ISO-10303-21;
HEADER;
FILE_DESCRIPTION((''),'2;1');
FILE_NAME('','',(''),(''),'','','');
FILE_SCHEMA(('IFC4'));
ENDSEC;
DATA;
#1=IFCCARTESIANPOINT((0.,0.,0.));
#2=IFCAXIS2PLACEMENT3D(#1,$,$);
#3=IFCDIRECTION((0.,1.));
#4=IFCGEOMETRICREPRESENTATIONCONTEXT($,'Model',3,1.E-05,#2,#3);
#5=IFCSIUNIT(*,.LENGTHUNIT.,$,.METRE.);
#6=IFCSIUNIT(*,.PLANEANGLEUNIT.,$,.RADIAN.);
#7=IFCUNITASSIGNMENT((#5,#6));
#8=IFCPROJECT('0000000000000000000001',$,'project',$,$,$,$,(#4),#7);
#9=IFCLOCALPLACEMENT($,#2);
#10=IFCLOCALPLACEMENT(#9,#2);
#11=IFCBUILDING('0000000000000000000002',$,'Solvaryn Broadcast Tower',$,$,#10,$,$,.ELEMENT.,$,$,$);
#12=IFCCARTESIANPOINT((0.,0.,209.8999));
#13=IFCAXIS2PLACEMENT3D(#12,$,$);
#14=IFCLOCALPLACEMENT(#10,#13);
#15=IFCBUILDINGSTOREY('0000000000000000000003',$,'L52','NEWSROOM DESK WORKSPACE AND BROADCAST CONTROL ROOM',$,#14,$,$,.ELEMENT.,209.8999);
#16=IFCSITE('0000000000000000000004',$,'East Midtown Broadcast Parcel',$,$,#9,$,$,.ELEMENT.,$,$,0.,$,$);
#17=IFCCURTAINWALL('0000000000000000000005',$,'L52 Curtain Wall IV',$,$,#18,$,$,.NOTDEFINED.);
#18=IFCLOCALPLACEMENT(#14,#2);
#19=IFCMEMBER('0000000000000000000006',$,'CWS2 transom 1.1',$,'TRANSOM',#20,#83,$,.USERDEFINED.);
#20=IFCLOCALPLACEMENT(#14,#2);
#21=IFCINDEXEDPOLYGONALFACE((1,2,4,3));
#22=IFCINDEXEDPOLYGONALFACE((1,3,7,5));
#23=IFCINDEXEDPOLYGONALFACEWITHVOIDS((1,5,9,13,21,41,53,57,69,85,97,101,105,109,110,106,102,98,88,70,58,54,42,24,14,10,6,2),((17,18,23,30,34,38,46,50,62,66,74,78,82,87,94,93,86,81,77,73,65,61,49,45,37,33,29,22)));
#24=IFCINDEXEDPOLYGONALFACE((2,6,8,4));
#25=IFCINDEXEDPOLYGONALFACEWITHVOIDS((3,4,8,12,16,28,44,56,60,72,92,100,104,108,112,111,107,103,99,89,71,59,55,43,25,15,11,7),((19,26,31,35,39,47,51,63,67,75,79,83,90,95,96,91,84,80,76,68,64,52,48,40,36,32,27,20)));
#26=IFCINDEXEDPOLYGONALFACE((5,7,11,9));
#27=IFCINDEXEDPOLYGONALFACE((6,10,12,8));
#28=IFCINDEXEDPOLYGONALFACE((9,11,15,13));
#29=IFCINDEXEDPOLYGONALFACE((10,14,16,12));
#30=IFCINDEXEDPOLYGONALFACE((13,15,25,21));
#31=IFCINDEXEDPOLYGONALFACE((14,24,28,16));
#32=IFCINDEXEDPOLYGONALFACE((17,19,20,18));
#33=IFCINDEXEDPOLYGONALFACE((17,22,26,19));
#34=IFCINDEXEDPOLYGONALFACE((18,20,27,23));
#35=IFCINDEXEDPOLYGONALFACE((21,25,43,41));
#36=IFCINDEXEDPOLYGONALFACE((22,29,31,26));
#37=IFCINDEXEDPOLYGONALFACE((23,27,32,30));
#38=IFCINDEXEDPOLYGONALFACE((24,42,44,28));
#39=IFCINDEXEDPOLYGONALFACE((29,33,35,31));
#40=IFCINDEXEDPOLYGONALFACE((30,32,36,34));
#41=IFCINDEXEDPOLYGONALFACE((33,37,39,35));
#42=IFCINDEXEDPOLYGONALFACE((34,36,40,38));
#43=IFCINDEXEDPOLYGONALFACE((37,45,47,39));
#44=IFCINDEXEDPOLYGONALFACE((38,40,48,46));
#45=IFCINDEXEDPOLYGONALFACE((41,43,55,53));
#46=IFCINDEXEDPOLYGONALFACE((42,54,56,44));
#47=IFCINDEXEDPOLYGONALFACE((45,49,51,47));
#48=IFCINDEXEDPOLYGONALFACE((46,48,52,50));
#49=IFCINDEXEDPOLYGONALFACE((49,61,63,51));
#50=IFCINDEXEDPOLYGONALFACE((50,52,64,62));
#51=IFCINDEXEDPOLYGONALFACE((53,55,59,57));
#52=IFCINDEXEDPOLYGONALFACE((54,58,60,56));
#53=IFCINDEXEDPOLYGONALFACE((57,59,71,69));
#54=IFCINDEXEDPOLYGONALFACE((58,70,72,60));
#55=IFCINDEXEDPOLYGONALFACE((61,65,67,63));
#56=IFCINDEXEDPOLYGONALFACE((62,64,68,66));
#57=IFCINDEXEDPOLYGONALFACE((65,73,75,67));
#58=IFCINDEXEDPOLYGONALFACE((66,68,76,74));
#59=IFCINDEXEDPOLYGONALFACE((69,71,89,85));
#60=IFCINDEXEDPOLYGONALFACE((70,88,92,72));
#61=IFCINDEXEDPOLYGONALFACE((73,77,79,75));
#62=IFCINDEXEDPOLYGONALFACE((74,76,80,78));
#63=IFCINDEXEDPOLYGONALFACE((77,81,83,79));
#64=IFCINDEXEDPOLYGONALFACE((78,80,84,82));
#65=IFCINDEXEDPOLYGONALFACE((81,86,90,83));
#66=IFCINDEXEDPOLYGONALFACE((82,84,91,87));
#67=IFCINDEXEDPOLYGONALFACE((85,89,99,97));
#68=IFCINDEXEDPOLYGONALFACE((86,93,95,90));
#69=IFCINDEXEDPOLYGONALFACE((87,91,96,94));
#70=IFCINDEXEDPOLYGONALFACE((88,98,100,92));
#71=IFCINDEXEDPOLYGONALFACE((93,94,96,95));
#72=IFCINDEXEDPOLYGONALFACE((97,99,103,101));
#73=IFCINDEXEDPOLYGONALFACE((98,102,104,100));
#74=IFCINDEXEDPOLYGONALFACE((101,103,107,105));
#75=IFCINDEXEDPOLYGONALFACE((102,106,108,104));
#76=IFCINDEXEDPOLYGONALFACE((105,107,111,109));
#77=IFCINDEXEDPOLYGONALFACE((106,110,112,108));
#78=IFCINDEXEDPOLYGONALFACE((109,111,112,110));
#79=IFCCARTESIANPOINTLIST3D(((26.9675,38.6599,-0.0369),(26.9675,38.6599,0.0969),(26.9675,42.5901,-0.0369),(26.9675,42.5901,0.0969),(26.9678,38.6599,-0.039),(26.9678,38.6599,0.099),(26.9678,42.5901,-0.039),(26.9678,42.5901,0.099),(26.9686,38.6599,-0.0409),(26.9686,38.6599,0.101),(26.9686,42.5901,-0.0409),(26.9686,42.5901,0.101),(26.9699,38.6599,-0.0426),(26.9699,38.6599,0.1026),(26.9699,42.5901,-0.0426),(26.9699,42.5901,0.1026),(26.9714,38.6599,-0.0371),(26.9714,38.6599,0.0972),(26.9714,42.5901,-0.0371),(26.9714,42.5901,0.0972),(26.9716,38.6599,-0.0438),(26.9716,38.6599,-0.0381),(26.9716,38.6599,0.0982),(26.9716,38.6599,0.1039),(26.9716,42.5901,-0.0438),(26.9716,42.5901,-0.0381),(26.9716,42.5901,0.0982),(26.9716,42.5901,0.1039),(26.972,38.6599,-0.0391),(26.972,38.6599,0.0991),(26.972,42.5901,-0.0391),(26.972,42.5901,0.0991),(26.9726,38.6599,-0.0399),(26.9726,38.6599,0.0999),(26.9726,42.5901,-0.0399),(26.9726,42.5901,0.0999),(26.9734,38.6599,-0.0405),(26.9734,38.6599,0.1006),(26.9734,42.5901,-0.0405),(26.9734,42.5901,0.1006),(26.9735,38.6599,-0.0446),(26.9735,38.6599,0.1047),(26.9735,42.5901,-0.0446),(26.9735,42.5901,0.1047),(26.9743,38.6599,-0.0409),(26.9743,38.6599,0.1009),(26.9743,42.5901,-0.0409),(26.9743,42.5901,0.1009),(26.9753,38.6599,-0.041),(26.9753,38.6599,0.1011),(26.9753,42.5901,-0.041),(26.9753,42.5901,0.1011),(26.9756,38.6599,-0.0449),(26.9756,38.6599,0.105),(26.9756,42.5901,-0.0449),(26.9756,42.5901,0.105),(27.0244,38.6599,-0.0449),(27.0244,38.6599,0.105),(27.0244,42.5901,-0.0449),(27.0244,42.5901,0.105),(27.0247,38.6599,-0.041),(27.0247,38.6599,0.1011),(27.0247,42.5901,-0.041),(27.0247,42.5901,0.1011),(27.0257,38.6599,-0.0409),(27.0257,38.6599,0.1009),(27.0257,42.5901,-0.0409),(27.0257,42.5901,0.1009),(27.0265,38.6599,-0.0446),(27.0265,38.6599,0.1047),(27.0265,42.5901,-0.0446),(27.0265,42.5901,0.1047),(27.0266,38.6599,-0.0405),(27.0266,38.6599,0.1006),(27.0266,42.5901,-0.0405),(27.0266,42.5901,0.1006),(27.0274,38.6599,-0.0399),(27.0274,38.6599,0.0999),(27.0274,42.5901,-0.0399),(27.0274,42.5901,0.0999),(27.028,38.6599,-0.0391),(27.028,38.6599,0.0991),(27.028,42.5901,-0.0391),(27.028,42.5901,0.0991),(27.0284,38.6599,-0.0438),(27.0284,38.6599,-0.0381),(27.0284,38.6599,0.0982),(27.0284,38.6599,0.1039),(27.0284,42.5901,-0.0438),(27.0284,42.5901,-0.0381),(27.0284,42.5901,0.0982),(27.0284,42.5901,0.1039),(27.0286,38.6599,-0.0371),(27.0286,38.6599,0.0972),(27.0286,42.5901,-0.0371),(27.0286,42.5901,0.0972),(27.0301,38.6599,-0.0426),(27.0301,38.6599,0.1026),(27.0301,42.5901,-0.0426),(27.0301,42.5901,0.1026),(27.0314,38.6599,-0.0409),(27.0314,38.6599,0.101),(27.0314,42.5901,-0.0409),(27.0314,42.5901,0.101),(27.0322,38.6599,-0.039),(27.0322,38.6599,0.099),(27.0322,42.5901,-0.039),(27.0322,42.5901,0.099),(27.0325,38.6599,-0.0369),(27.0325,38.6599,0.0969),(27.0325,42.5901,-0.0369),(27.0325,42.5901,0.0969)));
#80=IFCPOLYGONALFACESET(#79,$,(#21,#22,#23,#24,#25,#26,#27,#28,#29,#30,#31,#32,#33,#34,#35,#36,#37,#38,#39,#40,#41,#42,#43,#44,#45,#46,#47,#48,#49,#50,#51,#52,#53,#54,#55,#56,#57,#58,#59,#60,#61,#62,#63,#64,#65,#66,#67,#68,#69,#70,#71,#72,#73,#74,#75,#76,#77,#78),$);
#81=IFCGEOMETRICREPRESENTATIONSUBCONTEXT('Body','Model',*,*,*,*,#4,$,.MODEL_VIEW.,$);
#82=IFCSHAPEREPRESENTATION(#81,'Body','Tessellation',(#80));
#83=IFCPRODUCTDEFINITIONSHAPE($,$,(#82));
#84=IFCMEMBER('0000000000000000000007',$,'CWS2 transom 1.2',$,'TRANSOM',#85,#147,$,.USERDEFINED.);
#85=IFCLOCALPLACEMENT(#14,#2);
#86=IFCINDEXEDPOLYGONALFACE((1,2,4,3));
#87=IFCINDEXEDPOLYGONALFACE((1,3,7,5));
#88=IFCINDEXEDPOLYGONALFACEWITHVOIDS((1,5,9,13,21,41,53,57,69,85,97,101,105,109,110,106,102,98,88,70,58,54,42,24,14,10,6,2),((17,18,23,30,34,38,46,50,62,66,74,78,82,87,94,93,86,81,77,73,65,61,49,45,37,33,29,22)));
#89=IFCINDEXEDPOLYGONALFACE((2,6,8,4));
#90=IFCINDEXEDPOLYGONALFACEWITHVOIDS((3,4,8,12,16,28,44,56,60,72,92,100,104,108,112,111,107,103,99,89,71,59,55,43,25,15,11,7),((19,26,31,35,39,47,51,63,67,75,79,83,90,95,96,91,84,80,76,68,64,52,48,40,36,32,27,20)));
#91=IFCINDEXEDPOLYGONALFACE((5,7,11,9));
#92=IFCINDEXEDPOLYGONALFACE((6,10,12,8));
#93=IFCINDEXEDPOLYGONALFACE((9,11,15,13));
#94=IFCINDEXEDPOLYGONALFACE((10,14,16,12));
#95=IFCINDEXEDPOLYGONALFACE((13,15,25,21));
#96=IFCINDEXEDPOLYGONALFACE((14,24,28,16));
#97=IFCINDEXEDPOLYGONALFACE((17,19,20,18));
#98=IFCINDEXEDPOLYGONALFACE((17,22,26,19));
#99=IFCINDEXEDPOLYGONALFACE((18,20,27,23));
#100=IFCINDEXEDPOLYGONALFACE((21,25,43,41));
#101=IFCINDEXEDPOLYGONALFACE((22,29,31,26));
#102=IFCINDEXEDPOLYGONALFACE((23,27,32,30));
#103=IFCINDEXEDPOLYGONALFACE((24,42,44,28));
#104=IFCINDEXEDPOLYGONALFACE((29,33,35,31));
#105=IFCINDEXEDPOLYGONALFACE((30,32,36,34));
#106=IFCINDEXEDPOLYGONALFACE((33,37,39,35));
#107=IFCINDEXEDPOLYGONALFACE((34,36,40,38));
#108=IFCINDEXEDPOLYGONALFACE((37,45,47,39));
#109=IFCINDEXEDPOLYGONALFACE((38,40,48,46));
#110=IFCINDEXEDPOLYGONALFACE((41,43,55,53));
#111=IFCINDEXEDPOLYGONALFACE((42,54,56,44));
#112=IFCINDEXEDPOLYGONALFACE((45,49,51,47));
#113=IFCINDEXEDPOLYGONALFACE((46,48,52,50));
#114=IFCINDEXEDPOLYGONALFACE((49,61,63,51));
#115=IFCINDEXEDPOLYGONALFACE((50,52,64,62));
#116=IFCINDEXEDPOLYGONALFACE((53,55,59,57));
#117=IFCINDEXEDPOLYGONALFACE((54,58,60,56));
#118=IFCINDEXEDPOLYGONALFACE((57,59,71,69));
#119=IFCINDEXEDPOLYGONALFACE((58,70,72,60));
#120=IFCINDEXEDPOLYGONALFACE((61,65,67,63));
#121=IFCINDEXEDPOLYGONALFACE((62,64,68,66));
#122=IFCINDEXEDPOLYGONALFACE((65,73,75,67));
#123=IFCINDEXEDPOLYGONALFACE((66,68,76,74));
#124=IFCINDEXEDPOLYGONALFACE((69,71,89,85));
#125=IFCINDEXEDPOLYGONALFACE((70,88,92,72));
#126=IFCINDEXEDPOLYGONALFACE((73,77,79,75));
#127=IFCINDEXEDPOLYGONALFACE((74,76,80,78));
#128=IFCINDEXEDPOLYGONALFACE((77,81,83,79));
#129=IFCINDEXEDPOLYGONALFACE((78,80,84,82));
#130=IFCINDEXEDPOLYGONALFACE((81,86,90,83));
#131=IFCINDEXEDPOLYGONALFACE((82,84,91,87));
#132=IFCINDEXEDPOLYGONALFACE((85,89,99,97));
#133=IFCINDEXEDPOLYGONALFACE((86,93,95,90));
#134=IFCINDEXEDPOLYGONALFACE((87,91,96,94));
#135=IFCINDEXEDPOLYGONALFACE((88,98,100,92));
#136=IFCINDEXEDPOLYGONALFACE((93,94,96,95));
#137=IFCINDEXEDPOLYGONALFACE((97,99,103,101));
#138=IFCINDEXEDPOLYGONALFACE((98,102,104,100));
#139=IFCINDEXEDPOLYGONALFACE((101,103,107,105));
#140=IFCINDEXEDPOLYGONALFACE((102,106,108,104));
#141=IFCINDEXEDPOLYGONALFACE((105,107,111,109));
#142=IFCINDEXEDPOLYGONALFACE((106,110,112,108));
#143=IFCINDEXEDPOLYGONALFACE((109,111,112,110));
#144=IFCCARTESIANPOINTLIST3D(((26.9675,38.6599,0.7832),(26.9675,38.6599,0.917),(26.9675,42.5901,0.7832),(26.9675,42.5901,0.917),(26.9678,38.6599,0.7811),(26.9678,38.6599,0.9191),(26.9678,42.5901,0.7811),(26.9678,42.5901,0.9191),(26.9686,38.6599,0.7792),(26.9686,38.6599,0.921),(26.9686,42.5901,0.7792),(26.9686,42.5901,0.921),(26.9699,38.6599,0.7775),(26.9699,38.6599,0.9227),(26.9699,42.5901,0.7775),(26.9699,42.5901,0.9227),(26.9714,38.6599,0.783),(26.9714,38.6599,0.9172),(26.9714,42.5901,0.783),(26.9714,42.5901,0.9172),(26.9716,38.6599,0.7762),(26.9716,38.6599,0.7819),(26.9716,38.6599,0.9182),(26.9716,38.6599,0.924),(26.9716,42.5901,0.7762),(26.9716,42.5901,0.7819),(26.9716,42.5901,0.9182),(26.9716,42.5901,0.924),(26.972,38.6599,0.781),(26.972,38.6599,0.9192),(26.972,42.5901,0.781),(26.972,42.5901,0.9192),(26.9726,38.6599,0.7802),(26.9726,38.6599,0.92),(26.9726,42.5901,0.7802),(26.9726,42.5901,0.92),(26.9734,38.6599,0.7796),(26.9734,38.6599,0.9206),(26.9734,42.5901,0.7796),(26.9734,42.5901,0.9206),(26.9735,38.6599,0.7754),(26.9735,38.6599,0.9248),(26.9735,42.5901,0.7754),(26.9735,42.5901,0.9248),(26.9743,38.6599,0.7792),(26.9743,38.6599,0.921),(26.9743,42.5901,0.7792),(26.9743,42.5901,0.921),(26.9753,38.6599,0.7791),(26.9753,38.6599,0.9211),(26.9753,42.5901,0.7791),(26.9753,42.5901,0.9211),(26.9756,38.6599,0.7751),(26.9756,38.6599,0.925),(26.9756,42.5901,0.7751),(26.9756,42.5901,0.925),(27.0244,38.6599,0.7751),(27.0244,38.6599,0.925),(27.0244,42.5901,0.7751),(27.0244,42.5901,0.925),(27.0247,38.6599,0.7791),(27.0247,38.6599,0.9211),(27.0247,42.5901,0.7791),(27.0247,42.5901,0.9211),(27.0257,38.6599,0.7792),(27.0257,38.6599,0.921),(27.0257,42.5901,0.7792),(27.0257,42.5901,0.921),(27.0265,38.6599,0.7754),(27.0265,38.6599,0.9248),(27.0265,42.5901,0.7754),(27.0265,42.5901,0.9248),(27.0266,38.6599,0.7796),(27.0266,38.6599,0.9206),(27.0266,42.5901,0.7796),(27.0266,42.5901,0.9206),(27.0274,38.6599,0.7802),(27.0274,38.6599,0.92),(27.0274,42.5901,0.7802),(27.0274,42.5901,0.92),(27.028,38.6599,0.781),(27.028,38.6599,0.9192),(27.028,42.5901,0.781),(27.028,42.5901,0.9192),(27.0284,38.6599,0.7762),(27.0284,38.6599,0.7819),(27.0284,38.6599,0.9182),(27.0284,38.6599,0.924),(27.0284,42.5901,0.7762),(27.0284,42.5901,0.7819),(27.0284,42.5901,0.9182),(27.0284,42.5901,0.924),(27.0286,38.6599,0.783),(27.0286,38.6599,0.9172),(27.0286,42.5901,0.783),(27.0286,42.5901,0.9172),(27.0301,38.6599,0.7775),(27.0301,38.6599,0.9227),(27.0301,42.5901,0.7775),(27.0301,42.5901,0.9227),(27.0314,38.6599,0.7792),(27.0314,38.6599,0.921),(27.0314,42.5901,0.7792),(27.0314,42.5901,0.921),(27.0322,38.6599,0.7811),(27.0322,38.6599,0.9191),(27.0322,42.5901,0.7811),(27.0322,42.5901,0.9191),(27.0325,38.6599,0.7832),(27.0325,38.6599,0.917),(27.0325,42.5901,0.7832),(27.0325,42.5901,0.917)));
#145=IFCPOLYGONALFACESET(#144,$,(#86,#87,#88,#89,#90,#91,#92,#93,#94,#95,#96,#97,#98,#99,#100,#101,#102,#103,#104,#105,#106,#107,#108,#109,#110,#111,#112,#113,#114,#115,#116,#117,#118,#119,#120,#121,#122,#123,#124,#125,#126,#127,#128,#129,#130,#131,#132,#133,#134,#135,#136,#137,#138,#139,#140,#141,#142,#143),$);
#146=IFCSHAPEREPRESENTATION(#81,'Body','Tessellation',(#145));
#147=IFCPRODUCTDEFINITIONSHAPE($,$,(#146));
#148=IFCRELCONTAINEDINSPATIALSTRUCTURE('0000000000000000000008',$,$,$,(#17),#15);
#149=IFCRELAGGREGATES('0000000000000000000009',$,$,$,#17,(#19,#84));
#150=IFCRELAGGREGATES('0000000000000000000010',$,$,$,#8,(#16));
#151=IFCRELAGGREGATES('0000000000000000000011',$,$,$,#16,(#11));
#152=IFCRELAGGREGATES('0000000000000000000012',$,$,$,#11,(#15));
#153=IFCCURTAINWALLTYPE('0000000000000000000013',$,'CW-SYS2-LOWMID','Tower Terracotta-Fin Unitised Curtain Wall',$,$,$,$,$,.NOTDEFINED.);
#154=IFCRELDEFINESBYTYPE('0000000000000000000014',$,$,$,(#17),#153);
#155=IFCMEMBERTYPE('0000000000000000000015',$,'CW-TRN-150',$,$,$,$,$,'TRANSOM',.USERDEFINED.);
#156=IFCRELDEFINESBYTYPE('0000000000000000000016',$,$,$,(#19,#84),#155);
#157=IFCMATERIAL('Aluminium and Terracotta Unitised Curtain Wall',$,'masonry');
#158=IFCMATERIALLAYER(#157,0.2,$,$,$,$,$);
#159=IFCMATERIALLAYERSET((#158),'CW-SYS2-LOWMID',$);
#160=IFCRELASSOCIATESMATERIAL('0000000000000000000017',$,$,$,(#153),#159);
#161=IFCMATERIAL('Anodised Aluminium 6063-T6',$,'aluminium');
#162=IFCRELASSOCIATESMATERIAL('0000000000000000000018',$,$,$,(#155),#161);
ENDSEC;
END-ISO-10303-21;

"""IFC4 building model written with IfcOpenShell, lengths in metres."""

from ifc_helpers import new_model, si_unit, direction, frame, origin, origin_2d, place, context, subcontext, project, spatial, hollow_rectangle, extrude, material, layer, layer_set, material_profile, profile_set, type_object, element, aggregate, save


model = new_model("IFC4")

# Units and contexts
model_context = context("Model", 3, precision=1e-05, world=origin(), true_north=direction((0.0, 1.0)))
body_context = subcontext(model_context, "Body", "Model", "MODEL_VIEW")
ifc_project = project(units=[si_unit("LENGTHUNIT", "METRE"), si_unit("PLANEANGLEUNIT", "RADIAN")], contexts=[model_context])

# Site, building, storey
site_placement = place(None, origin())
site = spatial("IfcSite", under=ifc_project, at=site_placement, Name="East Midtown Broadcast Parcel", CompositionType="ELEMENT", RefElevation=0.0)
building_placement = place(site_placement, origin())
building = spatial("IfcBuilding", under=site, at=building_placement, Name="Solvaryn Broadcast Tower", CompositionType="ELEMENT")
storey_placement = place(building_placement, frame((0.0, 0.0, 209.8999)))
storey = spatial("IfcBuildingStorey", under=building, at=storey_placement, Name="L52", Description="NEWSROOM DESK WORKSPACE AND BROADCAST CONTROL ROOM", CompositionType="ELEMENT", Elevation=209.8999)

# Curtain wall
ifc_material_1 = material(Name="Aluminium and Terracotta Unitised Curtain Wall", Category="masonry")
ifc_layer_1 = layer(ifc_material_1, 0.2)
ifc_layer_set_1 = layer_set([ifc_layer_1], Name="CW-SYS2-LOWMID")
curtain_wall_type = type_object("IfcCurtainWallType", Name="CW-SYS2-LOWMID", Description="Tower Terracotta-Fin Unitised Curtain Wall", PredefinedType="NOTDEFINED", material=ifc_layer_set_1)
curtain_wall_1_placement = place(storey_placement, origin())
curtain_wall_1 = element("IfcCurtainWall", 1, at=curtain_wall_1_placement, inside=storey, type_object=curtain_wall_type, Name="L52 Curtain Wall IV", PredefinedType="NOTDEFINED")

# Members
ifc_material_2 = material(Name="Anodised Aluminium 6063-T6", Category="aluminium")
ifc_material_profile_1 = material_profile(ifc_material_2, hollow_rectangle(XDim=0.0649, YDim=0.1499, WallThickness=0.0039, InnerFilletRadius=0.0039, OuterFilletRadius=0.0081, at=origin_2d()))
ifc_profile_set_1 = profile_set([ifc_material_profile_1], Name="Anodised Aluminium 6063-T6")
member_type_1 = type_object("IfcMemberType", Name="CW-TRN-150", ElementType="TRANSOM", PredefinedType="USERDEFINED", material=ifc_profile_set_1)
member_1_placement = place(storey_placement, frame((27.0, 42.5901, 0.03), z_axis=(0.0, -1.0, 0.0), x_axis=(1.0, 0.0, 0.0)))
member_1 = element("IfcMember", 2, at=member_1_placement, type_object=member_type_1, Name="CWS2 transom 1.1", ObjectType="TRANSOM", PredefinedType="USERDEFINED", context=body_context, shape_type="SweptSolid", body=[
    extrude(hollow_rectangle(XDim=0.0649, YDim=0.1499, WallThickness=0.0039, InnerFilletRadius=0.0039, OuterFilletRadius=0.0081, at=origin_2d()), origin(), (0.0, 0.0, 1.0), 3.9302),
])
member_2_placement = place(storey_placement, frame((27.0, 42.5901, 0.8501), z_axis=(0.0, -1.0, 0.0), x_axis=(1.0, 0.0, 0.0)))
member_2 = element("IfcMember", 3, at=member_2_placement, type_object=member_type_1, Name="CWS2 transom 1.2", ObjectType="TRANSOM", PredefinedType="USERDEFINED", context=body_context, shape_type="SweptSolid", body=[
    extrude(hollow_rectangle(XDim=0.0649, YDim=0.1499, WallThickness=0.0039, InnerFilletRadius=0.0039, OuterFilletRadius=0.0081, at=origin_2d()), origin(), (0.0, 0.0, 1.0), 3.9302),
])

aggregate(curtain_wall_1, [member_1, member_2])

save(model, "model.ifc")
